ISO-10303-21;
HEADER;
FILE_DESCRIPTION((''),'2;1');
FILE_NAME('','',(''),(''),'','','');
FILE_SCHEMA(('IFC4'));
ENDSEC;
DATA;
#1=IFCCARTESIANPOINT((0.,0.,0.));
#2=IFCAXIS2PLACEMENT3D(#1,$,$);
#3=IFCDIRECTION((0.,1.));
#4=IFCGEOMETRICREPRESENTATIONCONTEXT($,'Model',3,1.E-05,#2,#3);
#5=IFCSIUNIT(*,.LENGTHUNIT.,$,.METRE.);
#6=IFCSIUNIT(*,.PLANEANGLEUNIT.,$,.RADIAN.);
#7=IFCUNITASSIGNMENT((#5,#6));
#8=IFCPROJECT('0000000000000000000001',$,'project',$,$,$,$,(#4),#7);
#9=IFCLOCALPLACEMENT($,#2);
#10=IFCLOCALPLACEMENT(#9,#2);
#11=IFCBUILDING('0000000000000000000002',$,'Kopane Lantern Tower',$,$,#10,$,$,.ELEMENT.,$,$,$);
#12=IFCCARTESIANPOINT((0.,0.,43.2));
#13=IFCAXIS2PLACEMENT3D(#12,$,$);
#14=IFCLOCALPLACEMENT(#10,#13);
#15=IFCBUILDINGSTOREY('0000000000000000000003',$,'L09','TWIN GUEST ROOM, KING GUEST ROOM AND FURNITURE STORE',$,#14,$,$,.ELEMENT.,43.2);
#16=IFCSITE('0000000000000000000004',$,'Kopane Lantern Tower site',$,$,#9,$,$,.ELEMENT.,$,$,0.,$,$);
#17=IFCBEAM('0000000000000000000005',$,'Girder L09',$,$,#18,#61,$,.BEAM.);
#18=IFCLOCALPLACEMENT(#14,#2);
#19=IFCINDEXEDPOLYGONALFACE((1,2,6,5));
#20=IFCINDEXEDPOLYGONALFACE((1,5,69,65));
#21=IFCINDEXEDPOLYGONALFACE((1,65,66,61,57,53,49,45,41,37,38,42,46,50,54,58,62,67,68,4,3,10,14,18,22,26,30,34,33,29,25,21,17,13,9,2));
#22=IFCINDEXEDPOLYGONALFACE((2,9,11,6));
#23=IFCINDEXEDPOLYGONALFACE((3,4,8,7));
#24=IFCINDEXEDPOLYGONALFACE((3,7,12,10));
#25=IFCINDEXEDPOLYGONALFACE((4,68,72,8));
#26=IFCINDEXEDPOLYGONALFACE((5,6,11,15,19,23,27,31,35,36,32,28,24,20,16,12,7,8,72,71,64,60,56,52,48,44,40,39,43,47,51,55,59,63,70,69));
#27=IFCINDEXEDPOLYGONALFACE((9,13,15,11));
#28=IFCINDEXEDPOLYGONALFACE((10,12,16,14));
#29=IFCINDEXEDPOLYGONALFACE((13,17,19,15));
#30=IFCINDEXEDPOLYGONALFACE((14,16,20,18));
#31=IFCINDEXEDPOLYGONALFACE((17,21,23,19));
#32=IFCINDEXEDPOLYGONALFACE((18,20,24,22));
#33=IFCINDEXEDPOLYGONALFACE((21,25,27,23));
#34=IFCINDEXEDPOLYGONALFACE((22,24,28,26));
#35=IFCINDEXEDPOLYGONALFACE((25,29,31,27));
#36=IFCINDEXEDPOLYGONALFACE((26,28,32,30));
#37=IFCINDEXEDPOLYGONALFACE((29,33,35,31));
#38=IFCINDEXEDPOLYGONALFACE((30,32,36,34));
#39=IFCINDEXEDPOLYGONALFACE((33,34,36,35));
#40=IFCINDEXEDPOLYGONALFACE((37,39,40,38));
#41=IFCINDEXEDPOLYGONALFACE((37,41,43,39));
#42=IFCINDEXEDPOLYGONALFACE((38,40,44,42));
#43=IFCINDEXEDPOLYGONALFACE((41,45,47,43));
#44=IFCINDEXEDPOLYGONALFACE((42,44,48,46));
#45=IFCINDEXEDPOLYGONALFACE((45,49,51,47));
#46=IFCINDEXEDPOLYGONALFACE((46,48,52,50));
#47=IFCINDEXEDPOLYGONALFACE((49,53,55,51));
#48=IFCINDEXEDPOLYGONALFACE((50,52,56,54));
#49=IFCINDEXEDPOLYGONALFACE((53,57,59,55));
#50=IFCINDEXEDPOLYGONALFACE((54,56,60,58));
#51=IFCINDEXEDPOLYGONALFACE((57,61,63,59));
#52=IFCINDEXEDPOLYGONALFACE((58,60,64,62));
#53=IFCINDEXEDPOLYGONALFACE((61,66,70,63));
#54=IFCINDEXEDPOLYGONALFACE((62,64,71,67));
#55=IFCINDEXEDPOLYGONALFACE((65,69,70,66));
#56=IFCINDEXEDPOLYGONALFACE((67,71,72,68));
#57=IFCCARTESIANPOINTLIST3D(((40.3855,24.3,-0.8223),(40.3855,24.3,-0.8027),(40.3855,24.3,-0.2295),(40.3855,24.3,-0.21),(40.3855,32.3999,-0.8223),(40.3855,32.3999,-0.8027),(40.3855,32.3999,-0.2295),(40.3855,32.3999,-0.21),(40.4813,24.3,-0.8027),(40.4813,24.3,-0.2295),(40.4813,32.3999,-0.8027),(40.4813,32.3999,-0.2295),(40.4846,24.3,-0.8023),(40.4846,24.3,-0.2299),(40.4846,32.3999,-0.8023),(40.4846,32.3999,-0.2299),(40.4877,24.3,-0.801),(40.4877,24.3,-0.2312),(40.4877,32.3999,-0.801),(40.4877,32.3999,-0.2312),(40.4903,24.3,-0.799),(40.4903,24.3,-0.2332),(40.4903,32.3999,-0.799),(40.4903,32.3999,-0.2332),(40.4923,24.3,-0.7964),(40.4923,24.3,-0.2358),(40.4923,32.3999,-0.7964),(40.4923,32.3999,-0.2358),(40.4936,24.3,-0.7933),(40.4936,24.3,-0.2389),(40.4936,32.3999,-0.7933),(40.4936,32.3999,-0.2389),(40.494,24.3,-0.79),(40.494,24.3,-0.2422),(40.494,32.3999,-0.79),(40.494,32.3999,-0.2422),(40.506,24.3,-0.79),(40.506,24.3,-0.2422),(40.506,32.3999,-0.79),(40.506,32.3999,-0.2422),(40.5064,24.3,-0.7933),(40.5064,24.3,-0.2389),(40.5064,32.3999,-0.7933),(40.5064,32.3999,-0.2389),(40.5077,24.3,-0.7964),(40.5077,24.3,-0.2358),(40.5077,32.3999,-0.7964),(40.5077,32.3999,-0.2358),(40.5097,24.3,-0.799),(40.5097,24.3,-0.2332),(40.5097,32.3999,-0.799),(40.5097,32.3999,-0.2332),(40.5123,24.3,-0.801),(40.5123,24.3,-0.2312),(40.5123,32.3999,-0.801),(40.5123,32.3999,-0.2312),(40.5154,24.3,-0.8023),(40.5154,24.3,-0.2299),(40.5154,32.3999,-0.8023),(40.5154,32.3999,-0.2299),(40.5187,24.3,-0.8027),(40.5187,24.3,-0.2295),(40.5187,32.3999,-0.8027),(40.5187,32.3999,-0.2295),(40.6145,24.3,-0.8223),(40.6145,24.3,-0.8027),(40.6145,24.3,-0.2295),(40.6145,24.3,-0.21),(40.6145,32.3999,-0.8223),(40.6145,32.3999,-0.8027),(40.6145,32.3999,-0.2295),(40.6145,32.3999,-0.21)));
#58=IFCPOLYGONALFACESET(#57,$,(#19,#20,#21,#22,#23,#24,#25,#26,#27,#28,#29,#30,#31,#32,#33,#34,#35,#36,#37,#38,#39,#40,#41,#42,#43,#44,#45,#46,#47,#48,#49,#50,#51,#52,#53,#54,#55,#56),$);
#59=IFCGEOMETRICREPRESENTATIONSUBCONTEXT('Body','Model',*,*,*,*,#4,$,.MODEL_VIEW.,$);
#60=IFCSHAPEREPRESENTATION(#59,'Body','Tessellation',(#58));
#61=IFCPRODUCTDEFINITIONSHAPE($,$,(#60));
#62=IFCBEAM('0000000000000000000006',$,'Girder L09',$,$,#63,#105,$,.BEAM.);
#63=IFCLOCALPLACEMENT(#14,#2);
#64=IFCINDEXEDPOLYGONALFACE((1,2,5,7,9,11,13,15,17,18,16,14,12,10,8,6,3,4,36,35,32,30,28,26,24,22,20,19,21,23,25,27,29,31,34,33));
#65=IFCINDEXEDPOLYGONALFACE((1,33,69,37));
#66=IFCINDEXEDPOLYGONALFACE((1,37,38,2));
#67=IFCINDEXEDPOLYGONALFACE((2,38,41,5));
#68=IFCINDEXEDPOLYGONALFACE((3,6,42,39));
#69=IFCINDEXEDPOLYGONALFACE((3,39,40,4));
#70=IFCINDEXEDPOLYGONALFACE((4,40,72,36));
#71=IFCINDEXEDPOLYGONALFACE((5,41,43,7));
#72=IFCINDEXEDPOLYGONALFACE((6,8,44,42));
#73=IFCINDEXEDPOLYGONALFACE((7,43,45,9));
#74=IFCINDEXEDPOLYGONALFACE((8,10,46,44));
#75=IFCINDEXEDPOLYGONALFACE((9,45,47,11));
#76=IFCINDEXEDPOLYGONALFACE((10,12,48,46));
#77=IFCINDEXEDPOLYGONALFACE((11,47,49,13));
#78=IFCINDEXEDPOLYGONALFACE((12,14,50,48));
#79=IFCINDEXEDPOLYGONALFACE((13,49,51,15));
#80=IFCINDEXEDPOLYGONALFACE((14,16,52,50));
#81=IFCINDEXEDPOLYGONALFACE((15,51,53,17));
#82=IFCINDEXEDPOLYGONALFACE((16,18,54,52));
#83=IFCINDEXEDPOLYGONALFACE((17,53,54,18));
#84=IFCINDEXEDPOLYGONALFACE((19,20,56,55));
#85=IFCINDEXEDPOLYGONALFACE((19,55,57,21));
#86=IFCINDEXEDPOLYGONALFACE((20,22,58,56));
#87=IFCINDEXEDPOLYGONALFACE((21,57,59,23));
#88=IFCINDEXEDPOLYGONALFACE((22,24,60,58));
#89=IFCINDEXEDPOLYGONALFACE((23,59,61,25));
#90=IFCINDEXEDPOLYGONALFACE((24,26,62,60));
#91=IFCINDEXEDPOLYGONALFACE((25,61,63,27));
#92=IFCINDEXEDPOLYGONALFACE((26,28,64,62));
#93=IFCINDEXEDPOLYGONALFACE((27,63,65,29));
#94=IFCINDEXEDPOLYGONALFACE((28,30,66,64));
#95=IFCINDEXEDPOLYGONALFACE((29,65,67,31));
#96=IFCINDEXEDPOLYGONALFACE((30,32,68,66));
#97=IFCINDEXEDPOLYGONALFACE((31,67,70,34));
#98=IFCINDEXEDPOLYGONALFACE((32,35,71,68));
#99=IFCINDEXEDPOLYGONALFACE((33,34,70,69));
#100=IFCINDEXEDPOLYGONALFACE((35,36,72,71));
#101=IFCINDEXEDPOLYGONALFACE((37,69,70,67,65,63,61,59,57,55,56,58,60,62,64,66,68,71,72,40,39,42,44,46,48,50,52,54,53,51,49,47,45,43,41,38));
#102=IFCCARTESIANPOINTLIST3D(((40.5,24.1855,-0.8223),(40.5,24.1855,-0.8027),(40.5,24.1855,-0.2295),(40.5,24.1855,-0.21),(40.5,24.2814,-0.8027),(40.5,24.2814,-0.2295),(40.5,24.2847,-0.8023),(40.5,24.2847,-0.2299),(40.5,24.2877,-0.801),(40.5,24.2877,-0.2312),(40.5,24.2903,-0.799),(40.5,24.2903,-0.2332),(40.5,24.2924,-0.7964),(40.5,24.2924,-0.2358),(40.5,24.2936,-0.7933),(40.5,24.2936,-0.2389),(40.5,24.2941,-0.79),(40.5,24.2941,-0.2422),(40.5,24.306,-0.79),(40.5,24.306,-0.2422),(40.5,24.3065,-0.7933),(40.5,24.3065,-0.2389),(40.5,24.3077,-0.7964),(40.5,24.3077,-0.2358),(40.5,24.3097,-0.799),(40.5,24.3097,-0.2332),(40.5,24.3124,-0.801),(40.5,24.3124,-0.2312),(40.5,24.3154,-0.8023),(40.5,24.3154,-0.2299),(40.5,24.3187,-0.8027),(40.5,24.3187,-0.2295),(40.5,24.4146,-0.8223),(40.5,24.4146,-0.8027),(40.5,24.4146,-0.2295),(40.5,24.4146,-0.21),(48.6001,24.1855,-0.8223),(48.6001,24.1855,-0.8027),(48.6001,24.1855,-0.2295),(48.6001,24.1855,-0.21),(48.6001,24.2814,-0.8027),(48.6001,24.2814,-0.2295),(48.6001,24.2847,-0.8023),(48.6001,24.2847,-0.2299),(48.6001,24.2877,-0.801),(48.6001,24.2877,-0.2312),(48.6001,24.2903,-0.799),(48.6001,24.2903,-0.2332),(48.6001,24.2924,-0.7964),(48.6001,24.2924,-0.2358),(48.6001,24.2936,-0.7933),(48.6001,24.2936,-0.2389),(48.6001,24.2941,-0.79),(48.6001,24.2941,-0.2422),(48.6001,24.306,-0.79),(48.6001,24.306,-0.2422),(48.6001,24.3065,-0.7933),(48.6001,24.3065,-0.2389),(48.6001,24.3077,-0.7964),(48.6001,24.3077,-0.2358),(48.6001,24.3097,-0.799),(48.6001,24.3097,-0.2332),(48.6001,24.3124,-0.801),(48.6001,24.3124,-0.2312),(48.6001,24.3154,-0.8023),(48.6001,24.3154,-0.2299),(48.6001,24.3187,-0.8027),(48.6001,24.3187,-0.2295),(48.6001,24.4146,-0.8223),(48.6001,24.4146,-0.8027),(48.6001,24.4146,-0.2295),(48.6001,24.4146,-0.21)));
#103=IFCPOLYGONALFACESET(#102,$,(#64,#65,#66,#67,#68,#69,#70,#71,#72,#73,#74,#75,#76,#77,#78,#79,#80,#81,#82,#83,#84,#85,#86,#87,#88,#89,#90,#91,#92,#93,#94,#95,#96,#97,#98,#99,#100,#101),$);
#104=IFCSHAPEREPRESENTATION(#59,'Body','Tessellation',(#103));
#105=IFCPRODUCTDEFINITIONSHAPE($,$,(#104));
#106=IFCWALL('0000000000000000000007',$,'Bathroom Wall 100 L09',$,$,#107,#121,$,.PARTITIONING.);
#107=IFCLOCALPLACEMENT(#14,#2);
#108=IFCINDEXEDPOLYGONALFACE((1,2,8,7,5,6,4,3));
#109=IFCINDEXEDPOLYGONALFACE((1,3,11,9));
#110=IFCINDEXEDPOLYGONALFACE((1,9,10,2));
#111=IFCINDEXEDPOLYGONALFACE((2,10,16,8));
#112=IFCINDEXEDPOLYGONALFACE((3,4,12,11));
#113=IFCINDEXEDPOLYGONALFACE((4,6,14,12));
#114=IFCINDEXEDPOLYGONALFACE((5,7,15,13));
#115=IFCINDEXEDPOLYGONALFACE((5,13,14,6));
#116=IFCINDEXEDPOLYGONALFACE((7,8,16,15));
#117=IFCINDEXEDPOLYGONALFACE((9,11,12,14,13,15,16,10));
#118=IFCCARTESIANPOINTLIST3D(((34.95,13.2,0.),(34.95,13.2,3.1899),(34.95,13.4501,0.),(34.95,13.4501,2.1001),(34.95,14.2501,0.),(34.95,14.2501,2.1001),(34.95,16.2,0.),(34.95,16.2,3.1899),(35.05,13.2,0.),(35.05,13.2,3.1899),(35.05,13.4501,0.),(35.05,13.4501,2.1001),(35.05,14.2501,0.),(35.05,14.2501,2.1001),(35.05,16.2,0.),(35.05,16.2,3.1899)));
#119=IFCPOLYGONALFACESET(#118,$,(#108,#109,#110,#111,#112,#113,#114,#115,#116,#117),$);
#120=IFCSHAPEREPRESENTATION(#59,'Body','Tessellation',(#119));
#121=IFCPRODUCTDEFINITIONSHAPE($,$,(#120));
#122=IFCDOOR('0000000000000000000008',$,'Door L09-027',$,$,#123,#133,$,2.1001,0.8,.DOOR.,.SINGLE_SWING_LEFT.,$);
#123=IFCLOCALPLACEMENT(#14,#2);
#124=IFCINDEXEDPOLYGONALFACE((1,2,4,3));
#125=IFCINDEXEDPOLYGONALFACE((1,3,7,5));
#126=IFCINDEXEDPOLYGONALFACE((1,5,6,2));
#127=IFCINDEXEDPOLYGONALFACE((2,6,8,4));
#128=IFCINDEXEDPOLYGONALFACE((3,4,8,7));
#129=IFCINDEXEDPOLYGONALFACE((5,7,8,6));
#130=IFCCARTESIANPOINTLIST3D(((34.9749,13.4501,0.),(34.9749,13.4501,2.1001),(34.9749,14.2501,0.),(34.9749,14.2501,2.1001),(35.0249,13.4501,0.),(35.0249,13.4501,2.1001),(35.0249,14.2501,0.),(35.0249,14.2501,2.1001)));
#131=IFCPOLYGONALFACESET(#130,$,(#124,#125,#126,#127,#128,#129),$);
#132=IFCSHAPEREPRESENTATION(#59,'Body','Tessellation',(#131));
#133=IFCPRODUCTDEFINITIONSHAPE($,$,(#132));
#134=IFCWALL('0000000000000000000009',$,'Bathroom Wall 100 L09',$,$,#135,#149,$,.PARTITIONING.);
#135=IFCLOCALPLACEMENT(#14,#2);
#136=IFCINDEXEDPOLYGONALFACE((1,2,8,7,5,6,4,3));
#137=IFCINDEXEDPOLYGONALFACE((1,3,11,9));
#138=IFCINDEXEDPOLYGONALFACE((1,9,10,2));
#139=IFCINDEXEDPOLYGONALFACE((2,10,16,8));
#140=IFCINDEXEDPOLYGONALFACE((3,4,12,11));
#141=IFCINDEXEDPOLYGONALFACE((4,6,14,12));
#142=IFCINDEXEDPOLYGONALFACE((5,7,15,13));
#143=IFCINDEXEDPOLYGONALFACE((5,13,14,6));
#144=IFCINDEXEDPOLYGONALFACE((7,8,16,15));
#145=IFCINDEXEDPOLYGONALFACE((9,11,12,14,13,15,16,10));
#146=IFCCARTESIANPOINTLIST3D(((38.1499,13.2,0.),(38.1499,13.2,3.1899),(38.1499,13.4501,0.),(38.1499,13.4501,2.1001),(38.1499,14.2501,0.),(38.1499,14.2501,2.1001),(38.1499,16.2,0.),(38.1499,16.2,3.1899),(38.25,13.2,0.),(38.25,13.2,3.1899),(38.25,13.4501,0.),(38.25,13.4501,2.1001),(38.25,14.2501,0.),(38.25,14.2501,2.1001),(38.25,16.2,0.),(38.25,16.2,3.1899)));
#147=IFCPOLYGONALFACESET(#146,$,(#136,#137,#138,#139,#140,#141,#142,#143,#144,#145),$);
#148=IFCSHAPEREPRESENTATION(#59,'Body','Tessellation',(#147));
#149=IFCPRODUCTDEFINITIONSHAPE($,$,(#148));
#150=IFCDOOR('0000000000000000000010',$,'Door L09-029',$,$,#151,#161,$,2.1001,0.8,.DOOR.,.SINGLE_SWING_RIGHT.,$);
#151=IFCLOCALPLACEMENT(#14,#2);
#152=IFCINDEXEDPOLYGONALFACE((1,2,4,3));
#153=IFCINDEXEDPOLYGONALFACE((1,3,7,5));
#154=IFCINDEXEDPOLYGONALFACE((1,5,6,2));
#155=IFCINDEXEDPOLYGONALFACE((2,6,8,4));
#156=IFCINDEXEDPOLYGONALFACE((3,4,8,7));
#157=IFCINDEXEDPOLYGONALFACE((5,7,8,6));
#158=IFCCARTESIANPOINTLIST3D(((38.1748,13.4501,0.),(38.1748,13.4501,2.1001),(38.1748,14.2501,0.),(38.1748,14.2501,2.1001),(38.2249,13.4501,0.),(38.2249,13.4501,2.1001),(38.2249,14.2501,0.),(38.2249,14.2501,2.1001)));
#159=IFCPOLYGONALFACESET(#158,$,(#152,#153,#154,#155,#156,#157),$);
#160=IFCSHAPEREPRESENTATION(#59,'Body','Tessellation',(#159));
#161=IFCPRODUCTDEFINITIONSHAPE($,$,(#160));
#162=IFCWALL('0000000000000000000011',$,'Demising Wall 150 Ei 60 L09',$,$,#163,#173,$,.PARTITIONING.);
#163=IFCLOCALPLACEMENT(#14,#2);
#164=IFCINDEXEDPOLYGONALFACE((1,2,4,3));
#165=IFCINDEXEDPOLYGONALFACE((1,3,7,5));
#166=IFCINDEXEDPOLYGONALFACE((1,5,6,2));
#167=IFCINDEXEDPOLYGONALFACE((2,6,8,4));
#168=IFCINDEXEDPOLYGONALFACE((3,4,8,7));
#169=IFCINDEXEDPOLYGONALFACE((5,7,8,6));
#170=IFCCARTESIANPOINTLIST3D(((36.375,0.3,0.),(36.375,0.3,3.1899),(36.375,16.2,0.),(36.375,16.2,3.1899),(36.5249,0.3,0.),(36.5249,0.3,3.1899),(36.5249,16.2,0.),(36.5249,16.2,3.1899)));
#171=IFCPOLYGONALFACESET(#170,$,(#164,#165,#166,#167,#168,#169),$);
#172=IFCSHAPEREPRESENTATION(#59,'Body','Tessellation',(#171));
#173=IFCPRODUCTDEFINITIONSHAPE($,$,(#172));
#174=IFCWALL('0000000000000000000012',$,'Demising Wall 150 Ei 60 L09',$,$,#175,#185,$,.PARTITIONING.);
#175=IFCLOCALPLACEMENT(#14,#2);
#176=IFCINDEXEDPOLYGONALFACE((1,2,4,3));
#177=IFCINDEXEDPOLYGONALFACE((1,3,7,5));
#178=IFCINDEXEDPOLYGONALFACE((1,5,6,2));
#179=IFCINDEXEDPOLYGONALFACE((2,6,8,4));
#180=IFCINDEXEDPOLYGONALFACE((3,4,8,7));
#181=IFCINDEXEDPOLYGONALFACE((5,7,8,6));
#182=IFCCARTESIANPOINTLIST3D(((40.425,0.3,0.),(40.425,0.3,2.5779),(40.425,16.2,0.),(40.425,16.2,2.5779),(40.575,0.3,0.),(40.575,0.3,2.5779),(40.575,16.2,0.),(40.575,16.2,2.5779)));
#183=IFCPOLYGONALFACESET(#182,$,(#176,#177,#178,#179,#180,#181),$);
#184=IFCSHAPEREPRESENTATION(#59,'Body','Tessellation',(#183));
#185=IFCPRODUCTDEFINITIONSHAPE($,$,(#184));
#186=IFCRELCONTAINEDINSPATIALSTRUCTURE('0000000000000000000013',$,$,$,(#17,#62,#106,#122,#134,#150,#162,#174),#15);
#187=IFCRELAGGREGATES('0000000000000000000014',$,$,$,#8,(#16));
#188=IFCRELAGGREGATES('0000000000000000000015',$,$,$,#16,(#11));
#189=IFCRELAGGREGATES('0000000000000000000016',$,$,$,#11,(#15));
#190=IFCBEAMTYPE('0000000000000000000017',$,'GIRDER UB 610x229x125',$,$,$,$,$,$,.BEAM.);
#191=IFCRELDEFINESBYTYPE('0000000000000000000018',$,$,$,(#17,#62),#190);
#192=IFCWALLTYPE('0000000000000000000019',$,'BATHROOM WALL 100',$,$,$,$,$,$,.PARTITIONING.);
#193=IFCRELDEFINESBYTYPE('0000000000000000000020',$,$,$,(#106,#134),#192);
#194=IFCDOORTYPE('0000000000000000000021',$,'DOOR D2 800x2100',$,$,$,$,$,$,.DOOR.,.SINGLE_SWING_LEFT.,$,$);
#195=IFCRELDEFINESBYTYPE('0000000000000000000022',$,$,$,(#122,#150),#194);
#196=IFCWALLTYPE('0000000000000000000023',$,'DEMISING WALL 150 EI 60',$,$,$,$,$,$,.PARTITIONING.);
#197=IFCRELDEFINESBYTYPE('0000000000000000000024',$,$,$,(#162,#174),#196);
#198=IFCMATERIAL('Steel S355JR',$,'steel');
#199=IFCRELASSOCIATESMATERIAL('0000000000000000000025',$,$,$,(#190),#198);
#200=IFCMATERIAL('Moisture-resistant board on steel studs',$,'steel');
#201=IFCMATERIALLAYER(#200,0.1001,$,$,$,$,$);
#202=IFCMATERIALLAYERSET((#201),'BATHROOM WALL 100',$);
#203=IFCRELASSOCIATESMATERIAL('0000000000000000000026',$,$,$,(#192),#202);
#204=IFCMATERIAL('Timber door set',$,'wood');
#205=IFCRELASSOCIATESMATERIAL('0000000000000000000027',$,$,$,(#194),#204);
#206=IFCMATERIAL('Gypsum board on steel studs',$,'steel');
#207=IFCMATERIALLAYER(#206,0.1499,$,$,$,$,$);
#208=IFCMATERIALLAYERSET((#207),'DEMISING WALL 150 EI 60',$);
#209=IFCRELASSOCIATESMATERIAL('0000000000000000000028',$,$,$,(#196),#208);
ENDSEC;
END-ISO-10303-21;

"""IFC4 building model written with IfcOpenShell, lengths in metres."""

from ifc_helpers import new_model, si_unit, direction, frame, frame_2d, origin, origin_2d, place, context, subcontext, project, spatial, rectangle, i_section, extrude, material, layer, layer_set, material_profile, profile_set, type_object, element, fill, save


model = new_model("IFC4")

# Units and contexts
model_context = context("Model", 3, precision=1e-05, world=origin(), true_north=direction((0.0, 1.0)))
body_context = subcontext(model_context, "Body", "Model", "MODEL_VIEW")
ifc_project = project(units=[si_unit("LENGTHUNIT", "METRE"), si_unit("PLANEANGLEUNIT", "RADIAN")], contexts=[model_context])

# Site, building, storey
site_placement = place(None, origin())
site = spatial("IfcSite", under=ifc_project, at=site_placement, Name="Kopane Lantern Tower site", CompositionType="ELEMENT", RefElevation=0.0)
building_placement = place(site_placement, origin())
building = spatial("IfcBuilding", under=site, at=building_placement, Name="Kopane Lantern Tower", CompositionType="ELEMENT")
storey_placement = place(building_placement, frame((0.0, 0.0, 43.2)))
storey = spatial("IfcBuildingStorey", under=building, at=storey_placement, Name="L09", Description="TWIN GUEST ROOM, KING GUEST ROOM AND FURNITURE STORE", CompositionType="ELEMENT", Elevation=43.2)

# Beams
ifc_material_1 = material(Name="Steel S355JR", Category="steel")
ifc_material_profile_1 = material_profile(ifc_material_1, i_section(OverallWidth=0.229, OverallDepth=0.6123, WebThickness=0.012, FlangeThickness=0.0195, FilletRadius=0.0127, at=origin_2d()), Name="UB 610x229x125")
ifc_profile_set_1 = profile_set([ifc_material_profile_1], Name="Steel S355JR")
beam_type = type_object("IfcBeamType", Name="GIRDER UB 610x229x125", PredefinedType="BEAM", material=ifc_profile_set_1)
beam_1_placement = place(storey_placement, frame((40.5, 24.3, -0.5161), z_axis=(0.0, 1.0, 0.0), x_axis=(-1.0, 0.0, 0.0)))
element("IfcBeam", 1, at=beam_1_placement, inside=storey, type_object=beam_type, Name="Girder L09", PredefinedType="BEAM", context=body_context, shape_type="SweptSolid", body=[
    extrude(i_section(OverallWidth=0.229, OverallDepth=0.6123, WebThickness=0.012, FlangeThickness=0.0195, FilletRadius=0.0127, at=origin_2d()), origin(), (0.0, 0.0, 1.0), 8.0999),
])
beam_2_placement = place(storey_placement, frame((40.5, 24.3, -0.5161), z_axis=(1.0, 0.0, 0.0), x_axis=(0.0, 1.0, 0.0)))
element("IfcBeam", 2, at=beam_2_placement, inside=storey, type_object=beam_type, Name="Girder L09", PredefinedType="BEAM", context=body_context, shape_type="SweptSolid", body=[
    extrude(i_section(OverallWidth=0.229, OverallDepth=0.6123, WebThickness=0.012, FlangeThickness=0.0195, FilletRadius=0.0127, at=origin_2d()), origin(), (0.0, 0.0, 1.0), 8.1001),
])

# Walls, openings, doors
ifc_material_2 = material(Name="Moisture-resistant board on steel studs", Category="steel")
ifc_layer_1 = layer(ifc_material_2, 0.1001)
ifc_layer_set_1 = layer_set([ifc_layer_1], Name="BATHROOM WALL 100")
wall_type_1 = type_object("IfcWallType", Name="BATHROOM WALL 100", PredefinedType="PARTITIONING", material=ifc_layer_set_1)
wall_1_placement = place(storey_placement, frame((35.0, 16.2, 0.0), z_axis=(0.0, 0.0, 1.0), x_axis=(0.0, -1.0, 0.0)))
wall_1 = element("IfcWall", 3, at=wall_1_placement, inside=storey, type_object=wall_type_1, Name="Bathroom Wall 100 L09", PredefinedType="PARTITIONING", context=body_context, shape_type="SweptSolid", body=[
    extrude(rectangle(XDim=3.0, YDim=0.1001, at=frame_2d((1.5, 0.0))), origin(), (0.0, 0.0, 1.0), 3.1899),
])
opening_1_placement = place(wall_1_placement, frame((1.95, 0.0, 0.0)))
opening_1 = element("IfcOpeningElement", 4, at=opening_1_placement, cuts=wall_1, PredefinedType="OPENING", context=body_context, shape_type="SweptSolid", body=[
    extrude(rectangle(XDim=0.8, YDim=2.1001, at=frame_2d((0.3999, 1.05))), frame((0.0, 0.0601, 0.0), z_axis=(0.0, -1.0, 0.0), x_axis=(1.0, 0.0, 0.0)), (0.0, 0.0, 1.0), 0.1201),
])
ifc_material_3 = material(Name="Timber door set", Category="wood")
door_type = type_object("IfcDoorType", Name="DOOR D2 800x2100", OperationType="SINGLE_SWING_LEFT", PredefinedType="DOOR", material=ifc_material_3)
door_1_placement = place(opening_1_placement, origin())
door_1 = element("IfcDoor", 5, at=door_1_placement, inside=storey, type_object=door_type, Name="Door L09-027", OperationType="SINGLE_SWING_LEFT", OverallHeight=2.1001, OverallWidth=0.8, PredefinedType="DOOR", context=body_context, shape_type="SweptSolid", body=[
    extrude(rectangle(XDim=0.8, YDim=2.1001, at=frame_2d((0.3999, 1.05))), frame((0.0, 0.0249, 0.0), z_axis=(0.0, -1.0, 0.0), x_axis=(1.0, 0.0, 0.0)), (0.0, 0.0, 1.0), 0.05),
])
fill(opening_1, door_1)
wall_2_placement = place(storey_placement, frame((38.2, 16.2, 0.0), z_axis=(0.0, 0.0, 1.0), x_axis=(0.0, -1.0, 0.0)))
wall_2 = element("IfcWall", 6, at=wall_2_placement, inside=storey, type_object=wall_type_1, Name="Bathroom Wall 100 L09", PredefinedType="PARTITIONING", context=body_context, shape_type="SweptSolid", body=[
    extrude(rectangle(XDim=3.0, YDim=0.1001, at=frame_2d((1.5, 0.0))), origin(), (0.0, 0.0, 1.0), 3.1899),
])
opening_2_placement = place(wall_2_placement, frame((1.95, 0.0, 0.0)))
opening_2 = element("IfcOpeningElement", 7, at=opening_2_placement, cuts=wall_2, PredefinedType="OPENING", context=body_context, shape_type="SweptSolid", body=[
    extrude(rectangle(XDim=0.8, YDim=2.1001, at=frame_2d((0.3999, 1.05))), frame((0.0, 0.0601, 0.0), z_axis=(0.0, -1.0, 0.0), x_axis=(1.0, 0.0, 0.0)), (0.0, 0.0, 1.0), 0.1201),
])
door_2_placement = place(opening_2_placement, origin())
door_2 = element("IfcDoor", 8, at=door_2_placement, inside=storey, type_object=door_type, Name="Door L09-029", OperationType="SINGLE_SWING_RIGHT", OverallHeight=2.1001, OverallWidth=0.8, PredefinedType="DOOR", context=body_context, shape_type="SweptSolid", body=[
    extrude(rectangle(XDim=0.8, YDim=2.1001, at=frame_2d((0.3999, 1.05))), frame((0.0, 0.0249, 0.0), z_axis=(0.0, -1.0, 0.0), x_axis=(1.0, 0.0, 0.0)), (0.0, 0.0, 1.0), 0.05),
])
fill(opening_2, door_2)

# Walls
ifc_material_4 = material(Name="Gypsum board on steel studs", Category="steel")
ifc_layer_2 = layer(ifc_material_4, 0.1499)
ifc_layer_set_2 = layer_set([ifc_layer_2], Name="DEMISING WALL 150 EI 60")
wall_type_2 = type_object("IfcWallType", Name="DEMISING WALL 150 EI 60", PredefinedType="PARTITIONING", material=ifc_layer_set_2)
wall_3_placement = place(storey_placement, frame((36.45, 16.2, 0.0), z_axis=(0.0, 0.0, 1.0), x_axis=(0.0, -1.0, 0.0)))
element("IfcWall", 9, at=wall_3_placement, inside=storey, type_object=wall_type_2, Name="Demising Wall 150 Ei 60 L09", PredefinedType="PARTITIONING", context=body_context, shape_type="SweptSolid", body=[
    extrude(rectangle(XDim=15.8999, YDim=0.1499, at=frame_2d((7.95, 0.0))), origin(), (0.0, 0.0, 1.0), 3.1899),
])
wall_4_placement = place(storey_placement, frame((40.5, 16.2, 0.0), z_axis=(0.0, 0.0, 1.0), x_axis=(0.0, -1.0, 0.0)))
element("IfcWall", 10, at=wall_4_placement, inside=storey, type_object=wall_type_2, Name="Demising Wall 150 Ei 60 L09", PredefinedType="PARTITIONING", context=body_context, shape_type="SweptSolid", body=[
    extrude(rectangle(XDim=15.8999, YDim=0.1499, at=frame_2d((7.95, 0.0))), origin(), (0.0, 0.0, 1.0), 2.5779),
])

save(model, "model.ifc")
